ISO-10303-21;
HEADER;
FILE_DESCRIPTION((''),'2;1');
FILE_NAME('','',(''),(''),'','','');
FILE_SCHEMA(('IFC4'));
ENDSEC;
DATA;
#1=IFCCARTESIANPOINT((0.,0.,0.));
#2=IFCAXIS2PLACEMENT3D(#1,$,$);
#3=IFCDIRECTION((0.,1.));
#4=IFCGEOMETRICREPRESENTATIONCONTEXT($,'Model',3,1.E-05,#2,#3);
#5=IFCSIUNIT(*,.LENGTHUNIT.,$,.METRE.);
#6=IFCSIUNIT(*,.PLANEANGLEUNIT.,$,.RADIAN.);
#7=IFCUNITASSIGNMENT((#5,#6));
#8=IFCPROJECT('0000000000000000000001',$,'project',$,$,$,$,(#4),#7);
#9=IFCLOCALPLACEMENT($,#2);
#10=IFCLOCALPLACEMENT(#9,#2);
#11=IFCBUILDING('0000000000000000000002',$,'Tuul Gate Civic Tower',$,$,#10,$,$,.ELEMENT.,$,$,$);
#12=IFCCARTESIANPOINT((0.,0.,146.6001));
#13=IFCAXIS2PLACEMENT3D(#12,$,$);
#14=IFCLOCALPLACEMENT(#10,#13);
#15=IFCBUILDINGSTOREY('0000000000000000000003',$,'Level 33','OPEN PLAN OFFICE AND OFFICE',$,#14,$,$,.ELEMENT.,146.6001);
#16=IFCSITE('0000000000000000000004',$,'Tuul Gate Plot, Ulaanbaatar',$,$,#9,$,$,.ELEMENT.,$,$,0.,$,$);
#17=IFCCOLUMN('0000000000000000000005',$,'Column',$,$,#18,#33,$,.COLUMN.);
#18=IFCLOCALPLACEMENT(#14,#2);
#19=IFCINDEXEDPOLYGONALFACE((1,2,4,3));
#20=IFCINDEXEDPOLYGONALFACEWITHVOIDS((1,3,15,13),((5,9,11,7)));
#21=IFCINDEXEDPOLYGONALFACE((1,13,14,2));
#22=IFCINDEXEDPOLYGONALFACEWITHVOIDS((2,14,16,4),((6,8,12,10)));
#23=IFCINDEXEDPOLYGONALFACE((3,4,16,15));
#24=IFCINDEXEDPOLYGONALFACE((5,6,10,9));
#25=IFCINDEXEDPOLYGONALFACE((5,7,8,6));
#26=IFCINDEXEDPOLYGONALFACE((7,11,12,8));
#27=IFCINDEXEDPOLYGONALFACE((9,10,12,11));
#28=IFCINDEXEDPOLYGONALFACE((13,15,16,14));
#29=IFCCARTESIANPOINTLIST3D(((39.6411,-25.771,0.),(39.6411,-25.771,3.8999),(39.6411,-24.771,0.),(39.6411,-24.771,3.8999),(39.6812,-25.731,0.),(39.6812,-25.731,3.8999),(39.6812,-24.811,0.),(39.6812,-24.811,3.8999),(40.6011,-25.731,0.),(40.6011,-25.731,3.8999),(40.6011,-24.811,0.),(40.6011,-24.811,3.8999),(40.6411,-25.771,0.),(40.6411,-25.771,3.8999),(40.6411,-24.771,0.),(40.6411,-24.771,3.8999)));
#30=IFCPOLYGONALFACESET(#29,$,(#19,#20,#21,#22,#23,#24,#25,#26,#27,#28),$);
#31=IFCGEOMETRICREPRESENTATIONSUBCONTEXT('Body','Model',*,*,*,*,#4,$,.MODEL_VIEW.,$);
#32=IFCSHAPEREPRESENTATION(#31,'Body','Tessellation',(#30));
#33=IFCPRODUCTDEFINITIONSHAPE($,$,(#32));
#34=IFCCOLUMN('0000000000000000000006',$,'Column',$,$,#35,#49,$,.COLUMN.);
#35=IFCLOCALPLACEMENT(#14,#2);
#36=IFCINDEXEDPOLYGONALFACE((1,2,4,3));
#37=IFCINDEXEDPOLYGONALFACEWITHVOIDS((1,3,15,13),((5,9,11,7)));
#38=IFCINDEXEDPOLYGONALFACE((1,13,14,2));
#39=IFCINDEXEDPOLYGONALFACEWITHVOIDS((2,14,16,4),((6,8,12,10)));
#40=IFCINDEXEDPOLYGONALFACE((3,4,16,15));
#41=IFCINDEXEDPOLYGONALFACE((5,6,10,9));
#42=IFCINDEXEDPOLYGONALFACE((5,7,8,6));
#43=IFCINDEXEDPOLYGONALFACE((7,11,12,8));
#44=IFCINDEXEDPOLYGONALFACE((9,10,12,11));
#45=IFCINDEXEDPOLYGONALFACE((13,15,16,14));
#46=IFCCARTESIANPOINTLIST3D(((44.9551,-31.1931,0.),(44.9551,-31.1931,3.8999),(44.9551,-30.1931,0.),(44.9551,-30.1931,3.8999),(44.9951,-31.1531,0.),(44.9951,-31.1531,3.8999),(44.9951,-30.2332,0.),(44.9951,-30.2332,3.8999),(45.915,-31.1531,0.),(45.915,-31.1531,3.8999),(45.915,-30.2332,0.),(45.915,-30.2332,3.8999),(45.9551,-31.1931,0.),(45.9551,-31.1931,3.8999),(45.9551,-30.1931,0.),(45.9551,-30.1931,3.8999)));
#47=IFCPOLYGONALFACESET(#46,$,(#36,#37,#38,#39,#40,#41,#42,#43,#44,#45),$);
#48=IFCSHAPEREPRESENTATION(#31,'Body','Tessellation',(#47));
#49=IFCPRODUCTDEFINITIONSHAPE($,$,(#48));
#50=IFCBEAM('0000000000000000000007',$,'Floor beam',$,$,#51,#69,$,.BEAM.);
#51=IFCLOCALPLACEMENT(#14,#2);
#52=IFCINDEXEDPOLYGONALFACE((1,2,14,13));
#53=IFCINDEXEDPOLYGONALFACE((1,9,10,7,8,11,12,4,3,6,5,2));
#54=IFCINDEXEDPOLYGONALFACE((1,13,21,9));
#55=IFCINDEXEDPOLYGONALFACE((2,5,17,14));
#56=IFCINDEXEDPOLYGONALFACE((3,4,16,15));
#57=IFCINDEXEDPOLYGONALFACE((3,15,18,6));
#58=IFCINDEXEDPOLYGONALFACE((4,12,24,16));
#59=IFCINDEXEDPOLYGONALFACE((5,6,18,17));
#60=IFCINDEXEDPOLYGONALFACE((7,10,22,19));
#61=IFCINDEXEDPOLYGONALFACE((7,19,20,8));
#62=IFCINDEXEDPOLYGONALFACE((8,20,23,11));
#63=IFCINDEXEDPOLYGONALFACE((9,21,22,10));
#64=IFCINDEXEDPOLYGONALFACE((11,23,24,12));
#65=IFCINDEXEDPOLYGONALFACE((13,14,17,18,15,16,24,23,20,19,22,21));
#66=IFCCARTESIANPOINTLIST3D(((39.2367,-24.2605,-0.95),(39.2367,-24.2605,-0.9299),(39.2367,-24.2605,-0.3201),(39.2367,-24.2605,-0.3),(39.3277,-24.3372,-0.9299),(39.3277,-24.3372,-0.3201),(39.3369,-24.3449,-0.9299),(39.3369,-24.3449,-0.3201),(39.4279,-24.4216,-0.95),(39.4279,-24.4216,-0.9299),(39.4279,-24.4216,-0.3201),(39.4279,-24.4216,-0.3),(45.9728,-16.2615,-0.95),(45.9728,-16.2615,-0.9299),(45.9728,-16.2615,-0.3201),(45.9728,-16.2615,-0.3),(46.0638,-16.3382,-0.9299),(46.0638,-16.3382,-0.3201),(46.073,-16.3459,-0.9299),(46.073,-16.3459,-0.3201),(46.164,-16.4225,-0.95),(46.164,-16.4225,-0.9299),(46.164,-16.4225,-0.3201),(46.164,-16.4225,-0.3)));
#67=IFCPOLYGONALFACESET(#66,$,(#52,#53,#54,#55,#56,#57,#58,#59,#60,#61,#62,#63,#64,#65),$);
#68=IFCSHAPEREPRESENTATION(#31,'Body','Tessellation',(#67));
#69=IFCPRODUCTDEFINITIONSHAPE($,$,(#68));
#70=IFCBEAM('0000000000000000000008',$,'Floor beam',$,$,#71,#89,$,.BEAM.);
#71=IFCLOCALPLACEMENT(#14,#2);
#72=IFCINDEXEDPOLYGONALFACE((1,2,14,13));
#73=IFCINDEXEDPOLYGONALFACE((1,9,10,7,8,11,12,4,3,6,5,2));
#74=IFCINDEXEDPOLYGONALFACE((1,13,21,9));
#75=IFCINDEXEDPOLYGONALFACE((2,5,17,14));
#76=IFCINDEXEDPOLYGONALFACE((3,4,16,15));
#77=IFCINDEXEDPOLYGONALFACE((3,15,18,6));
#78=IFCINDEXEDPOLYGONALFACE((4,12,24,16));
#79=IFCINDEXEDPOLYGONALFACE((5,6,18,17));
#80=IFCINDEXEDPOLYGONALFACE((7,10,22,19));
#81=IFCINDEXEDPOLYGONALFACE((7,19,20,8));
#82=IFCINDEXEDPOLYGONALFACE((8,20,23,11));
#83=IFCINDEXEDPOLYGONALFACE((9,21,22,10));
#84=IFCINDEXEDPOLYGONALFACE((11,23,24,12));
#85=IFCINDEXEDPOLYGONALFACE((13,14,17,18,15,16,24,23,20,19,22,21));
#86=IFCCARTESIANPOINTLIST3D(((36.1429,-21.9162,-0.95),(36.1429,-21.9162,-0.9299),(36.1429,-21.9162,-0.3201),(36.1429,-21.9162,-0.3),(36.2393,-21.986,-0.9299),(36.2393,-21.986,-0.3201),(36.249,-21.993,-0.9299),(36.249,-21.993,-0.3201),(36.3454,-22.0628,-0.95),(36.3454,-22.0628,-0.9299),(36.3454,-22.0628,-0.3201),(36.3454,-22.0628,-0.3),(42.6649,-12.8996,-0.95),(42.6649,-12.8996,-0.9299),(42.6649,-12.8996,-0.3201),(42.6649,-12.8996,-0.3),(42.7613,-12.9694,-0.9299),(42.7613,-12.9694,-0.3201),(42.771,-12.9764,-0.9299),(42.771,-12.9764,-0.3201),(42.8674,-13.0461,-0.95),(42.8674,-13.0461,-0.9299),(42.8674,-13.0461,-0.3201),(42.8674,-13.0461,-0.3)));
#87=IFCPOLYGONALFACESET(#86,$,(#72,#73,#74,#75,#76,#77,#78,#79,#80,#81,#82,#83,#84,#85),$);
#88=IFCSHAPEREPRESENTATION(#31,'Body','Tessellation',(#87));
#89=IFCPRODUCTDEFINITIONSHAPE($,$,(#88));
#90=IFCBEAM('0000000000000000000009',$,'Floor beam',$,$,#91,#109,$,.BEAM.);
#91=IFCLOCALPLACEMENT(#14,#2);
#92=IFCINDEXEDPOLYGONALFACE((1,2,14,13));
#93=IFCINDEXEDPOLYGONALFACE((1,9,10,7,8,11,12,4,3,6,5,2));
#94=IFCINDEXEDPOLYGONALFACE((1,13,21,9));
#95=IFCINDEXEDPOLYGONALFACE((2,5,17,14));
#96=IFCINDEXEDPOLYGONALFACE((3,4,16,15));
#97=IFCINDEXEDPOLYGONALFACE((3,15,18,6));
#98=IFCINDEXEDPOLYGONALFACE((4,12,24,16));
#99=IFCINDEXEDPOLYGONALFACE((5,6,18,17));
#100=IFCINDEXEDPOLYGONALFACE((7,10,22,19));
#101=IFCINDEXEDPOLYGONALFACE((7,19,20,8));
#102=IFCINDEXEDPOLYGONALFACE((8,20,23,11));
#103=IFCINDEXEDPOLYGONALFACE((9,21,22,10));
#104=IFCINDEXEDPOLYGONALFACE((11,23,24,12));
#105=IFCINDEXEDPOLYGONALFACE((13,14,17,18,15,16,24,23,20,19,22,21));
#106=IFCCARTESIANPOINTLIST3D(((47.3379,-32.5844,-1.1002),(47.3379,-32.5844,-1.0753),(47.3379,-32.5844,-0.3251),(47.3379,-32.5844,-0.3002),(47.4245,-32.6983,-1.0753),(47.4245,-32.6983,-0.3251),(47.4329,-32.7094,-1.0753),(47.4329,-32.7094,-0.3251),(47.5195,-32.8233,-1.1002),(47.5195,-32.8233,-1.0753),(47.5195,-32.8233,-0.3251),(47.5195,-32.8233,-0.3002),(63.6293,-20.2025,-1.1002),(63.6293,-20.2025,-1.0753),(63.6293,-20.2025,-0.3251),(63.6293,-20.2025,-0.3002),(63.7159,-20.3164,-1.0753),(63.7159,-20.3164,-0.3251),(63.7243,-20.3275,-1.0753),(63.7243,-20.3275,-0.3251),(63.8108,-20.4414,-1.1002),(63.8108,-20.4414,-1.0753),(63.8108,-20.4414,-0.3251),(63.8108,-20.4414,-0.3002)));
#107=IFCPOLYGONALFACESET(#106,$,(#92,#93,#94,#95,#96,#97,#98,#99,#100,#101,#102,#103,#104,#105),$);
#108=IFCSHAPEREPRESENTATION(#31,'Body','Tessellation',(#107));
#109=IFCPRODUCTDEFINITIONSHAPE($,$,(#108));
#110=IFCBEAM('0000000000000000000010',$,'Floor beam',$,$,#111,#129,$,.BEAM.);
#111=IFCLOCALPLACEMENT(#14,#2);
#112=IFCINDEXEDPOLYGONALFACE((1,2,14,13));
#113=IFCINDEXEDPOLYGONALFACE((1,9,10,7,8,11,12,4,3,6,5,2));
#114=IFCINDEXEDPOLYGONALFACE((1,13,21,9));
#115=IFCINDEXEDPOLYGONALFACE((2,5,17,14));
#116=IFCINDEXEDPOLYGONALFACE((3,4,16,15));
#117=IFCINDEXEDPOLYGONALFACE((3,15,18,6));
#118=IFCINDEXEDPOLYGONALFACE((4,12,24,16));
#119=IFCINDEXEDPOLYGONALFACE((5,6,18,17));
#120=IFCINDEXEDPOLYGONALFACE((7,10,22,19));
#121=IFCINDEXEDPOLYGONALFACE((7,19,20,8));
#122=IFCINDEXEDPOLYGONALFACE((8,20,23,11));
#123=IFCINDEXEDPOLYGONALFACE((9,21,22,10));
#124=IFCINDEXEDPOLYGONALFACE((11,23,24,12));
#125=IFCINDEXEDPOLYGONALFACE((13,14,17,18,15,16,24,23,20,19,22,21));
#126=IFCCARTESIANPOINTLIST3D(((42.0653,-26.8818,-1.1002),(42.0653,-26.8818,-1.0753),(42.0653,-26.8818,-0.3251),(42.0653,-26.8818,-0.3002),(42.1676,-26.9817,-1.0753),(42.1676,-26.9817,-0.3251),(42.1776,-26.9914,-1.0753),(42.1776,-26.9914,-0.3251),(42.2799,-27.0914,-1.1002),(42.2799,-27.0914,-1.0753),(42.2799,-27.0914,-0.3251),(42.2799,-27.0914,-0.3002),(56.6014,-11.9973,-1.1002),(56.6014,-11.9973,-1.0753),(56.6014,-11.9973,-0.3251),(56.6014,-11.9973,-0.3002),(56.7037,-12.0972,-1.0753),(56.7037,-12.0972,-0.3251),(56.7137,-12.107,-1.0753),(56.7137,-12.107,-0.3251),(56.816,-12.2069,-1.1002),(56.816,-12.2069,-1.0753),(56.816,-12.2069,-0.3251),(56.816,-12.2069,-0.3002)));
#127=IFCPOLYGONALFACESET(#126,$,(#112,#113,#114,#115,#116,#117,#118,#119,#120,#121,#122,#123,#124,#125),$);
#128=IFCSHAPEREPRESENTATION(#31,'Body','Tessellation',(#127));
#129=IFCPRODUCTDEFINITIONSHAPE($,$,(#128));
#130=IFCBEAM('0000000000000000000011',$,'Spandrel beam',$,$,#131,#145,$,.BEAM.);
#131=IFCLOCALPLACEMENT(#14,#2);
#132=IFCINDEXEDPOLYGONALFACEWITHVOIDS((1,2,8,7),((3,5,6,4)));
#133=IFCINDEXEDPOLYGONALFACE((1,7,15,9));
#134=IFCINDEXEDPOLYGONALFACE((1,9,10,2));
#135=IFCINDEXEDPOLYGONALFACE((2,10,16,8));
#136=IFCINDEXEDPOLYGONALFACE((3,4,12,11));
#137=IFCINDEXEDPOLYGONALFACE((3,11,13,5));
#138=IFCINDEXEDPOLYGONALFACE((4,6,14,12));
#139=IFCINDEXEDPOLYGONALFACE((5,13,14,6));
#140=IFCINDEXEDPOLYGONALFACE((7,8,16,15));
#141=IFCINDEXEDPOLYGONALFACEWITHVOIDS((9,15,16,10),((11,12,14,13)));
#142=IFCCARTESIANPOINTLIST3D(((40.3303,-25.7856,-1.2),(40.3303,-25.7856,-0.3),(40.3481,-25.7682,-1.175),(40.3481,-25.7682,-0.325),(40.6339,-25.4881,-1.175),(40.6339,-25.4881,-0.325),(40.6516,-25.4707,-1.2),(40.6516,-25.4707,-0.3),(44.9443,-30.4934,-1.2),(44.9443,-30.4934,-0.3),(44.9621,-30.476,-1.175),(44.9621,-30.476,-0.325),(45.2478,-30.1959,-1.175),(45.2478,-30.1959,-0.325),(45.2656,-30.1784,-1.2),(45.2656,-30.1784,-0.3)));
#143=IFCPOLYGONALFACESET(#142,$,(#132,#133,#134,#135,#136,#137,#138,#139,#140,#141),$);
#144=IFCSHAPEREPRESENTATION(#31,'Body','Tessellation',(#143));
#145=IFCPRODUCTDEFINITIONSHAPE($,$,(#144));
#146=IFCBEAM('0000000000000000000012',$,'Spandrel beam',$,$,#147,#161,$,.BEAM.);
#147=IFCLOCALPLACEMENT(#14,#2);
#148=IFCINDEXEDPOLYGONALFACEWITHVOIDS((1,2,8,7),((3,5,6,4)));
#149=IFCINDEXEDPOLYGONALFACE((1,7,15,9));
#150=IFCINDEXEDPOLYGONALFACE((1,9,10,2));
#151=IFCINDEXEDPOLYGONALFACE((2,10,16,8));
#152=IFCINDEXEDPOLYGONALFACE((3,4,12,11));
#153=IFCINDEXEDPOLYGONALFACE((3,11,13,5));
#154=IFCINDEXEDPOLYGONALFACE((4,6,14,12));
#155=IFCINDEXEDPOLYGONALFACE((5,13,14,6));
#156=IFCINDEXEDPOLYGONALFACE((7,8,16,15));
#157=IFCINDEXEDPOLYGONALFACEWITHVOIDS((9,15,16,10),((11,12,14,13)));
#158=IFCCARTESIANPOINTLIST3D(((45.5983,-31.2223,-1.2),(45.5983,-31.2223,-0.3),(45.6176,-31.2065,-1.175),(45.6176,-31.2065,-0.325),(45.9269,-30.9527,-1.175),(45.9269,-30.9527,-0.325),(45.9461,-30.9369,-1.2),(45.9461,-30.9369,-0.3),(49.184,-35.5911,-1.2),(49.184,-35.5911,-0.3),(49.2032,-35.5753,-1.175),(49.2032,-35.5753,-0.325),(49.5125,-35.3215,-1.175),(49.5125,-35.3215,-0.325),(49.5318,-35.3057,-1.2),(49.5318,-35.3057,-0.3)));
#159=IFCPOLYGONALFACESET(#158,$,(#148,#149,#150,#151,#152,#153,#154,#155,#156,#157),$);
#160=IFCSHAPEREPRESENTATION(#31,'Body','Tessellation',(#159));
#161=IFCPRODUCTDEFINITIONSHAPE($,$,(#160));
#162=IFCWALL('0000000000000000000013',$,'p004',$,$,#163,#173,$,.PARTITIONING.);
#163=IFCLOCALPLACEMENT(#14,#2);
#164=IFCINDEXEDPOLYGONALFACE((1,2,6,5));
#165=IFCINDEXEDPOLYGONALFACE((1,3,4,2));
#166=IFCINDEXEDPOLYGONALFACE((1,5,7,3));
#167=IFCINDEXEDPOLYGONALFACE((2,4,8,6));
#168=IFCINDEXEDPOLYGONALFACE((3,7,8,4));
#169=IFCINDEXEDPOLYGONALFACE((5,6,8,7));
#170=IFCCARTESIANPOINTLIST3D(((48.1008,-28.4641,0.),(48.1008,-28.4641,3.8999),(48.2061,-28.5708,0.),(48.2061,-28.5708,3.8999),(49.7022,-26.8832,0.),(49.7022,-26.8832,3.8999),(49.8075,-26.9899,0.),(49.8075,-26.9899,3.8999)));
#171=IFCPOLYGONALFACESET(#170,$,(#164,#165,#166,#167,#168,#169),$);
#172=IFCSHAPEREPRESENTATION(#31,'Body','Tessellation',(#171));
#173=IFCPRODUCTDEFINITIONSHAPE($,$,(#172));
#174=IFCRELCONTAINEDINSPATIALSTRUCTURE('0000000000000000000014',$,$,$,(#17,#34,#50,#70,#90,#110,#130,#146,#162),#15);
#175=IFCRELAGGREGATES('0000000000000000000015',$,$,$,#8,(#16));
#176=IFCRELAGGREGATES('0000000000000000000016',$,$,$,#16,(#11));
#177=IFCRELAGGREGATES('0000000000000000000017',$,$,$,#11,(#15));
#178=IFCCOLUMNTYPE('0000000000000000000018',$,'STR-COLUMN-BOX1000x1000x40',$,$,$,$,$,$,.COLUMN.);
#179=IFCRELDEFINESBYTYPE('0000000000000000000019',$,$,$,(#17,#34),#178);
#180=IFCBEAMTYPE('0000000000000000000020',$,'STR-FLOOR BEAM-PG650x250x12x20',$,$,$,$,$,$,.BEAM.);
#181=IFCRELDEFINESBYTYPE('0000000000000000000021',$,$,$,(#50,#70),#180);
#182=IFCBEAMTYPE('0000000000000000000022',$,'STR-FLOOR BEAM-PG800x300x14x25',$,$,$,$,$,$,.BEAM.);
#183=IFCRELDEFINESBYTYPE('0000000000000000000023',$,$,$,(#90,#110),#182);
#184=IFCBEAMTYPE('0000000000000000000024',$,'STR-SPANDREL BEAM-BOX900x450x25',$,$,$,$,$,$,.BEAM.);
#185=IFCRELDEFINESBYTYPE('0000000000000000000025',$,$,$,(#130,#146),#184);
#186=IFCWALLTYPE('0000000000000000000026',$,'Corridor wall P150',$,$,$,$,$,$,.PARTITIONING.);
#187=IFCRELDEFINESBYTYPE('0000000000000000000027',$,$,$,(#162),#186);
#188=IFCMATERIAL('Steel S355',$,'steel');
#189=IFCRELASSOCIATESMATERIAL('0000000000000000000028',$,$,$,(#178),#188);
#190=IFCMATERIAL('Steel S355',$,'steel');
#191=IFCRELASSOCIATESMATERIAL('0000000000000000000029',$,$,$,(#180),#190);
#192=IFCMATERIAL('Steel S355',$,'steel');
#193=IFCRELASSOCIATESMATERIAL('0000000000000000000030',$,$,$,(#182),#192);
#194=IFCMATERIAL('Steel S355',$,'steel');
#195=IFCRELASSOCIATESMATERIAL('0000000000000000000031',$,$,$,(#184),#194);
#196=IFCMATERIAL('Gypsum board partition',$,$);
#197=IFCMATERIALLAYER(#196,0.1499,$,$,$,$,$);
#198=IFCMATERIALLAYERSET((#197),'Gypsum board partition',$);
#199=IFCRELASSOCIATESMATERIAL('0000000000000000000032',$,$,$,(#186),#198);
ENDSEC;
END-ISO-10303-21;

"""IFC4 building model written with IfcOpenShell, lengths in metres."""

from ifc_helpers import new_model, si_unit, direction, frame, frame_2d, origin, origin_2d, place, context, subcontext, project, spatial, rectangle, hollow_rectangle, i_section, extrude, material, layer, layer_set, material_profile, profile_set, type_object, element, save


model = new_model("IFC4")

# Units and contexts
model_context = context("Model", 3, precision=1e-05, world=origin(), true_north=direction((0.0, 1.0)))
body_context = subcontext(model_context, "Body", "Model", "MODEL_VIEW")
ifc_project = project(units=[si_unit("LENGTHUNIT", "METRE"), si_unit("PLANEANGLEUNIT", "RADIAN")], contexts=[model_context])

# Site, building, storey
site_placement = place(None, origin())
site = spatial("IfcSite", under=ifc_project, at=site_placement, Name="Tuul Gate Plot, Ulaanbaatar", CompositionType="ELEMENT", RefElevation=0.0)
building_placement = place(site_placement, origin())
building = spatial("IfcBuilding", under=site, at=building_placement, Name="Tuul Gate Civic Tower", CompositionType="ELEMENT")
storey_placement = place(building_placement, frame((0.0, 0.0, 146.6001)))
storey = spatial("IfcBuildingStorey", under=building, at=storey_placement, Name="Level 33", Description="OPEN PLAN OFFICE AND OFFICE", CompositionType="ELEMENT", Elevation=146.6001)

# Columns
ifc_material_1 = material(Name="Steel S355", Category="steel")
ifc_material_profile_1 = material_profile(ifc_material_1, hollow_rectangle(XDim=1.0, YDim=1.0, WallThickness=0.04, at=origin_2d()), Name="BOX1000x1000x40")
ifc_profile_set_1 = profile_set([ifc_material_profile_1], Name="Steel S355")
column_type = type_object("IfcColumnType", Name="STR-COLUMN-BOX1000x1000x40", PredefinedType="COLUMN", material=ifc_profile_set_1)
for number, where, z_axis, x_axis, name in (
    (1, (40.1411, -25.271, 0.0), (0.0, 0.0, 1.0), (1.0, 0.0, 0.0), "Column"),
    (2, (45.4551, -30.6931, 0.0), (0.0, 0.0, 1.0), (1.0, 0.0, 0.0), "Column"),
):
    element("IfcColumn", number, at=place(storey_placement, frame(where, z_axis=z_axis, x_axis=x_axis)), inside=storey, type_object=column_type, Name=name, PredefinedType="COLUMN", context=body_context, shape_type="SweptSolid", body=[
        extrude(hollow_rectangle(XDim=1.0, YDim=1.0, WallThickness=0.04, at=origin_2d()), origin(), (0.0, 0.0, 1.0), 3.8999),
    ])

# Beams
ifc_material_2 = material(Name="Steel S355", Category="steel")
ifc_material_profile_2 = material_profile(ifc_material_2, i_section(OverallWidth=0.25, OverallDepth=0.6499, WebThickness=0.012, FlangeThickness=0.02, at=origin_2d()), Name="PG650x250x12x20")
ifc_profile_set_2 = profile_set([ifc_material_profile_2], Name="Steel S355")
beam_type_1 = type_object("IfcBeamType", Name="STR-FLOOR BEAM-PG650x250x12x20", PredefinedType="BEAM", material=ifc_profile_set_2)
beam_1_placement = place(storey_placement, frame((39.3323, -24.3411, -0.625), z_axis=(0.644139, 0.764908, 0.0), x_axis=(-0.764908, 0.644139, 0.0)))
element("IfcBeam", 3, at=beam_1_placement, inside=storey, type_object=beam_type_1, Name="Floor beam", PredefinedType="BEAM", context=body_context, shape_type="SweptSolid", body=[
    extrude(i_section(OverallWidth=0.25, OverallDepth=0.6499, WebThickness=0.012, FlangeThickness=0.02, at=origin_2d()), origin(), (0.0, 0.0, 1.0), 10.4575),
])
beam_2_placement = place(storey_placement, frame((36.2441, -21.9895, -0.625), z_axis=(0.58608, 0.810253, 0.0), x_axis=(-0.810253, 0.58608, 0.0)))
element("IfcBeam", 4, at=beam_2_placement, inside=storey, type_object=beam_type_1, Name="Floor beam", PredefinedType="BEAM", context=body_context, shape_type="SweptSolid", body=[
    extrude(i_section(OverallWidth=0.25, OverallDepth=0.6499, WebThickness=0.012, FlangeThickness=0.02, at=origin_2d()), origin(), (0.0, 0.0, 1.0), 11.1282),
])
ifc_material_3 = material(Name="Steel S355", Category="steel")
ifc_material_profile_3 = material_profile(ifc_material_3, i_section(OverallWidth=0.3, OverallDepth=0.8, WebThickness=0.0139, FlangeThickness=0.0249, at=origin_2d()), Name="PG800x300x14x25")
ifc_profile_set_3 = profile_set([ifc_material_profile_3], Name="Steel S355")
beam_type_2 = type_object("IfcBeamType", Name="STR-FLOOR BEAM-PG800x300x14x25", PredefinedType="BEAM", material=ifc_profile_set_3)
beam_3_placement = place(storey_placement, frame((47.4287, -32.7039, -0.7002), z_axis=(0.796151, 0.605098, 0.0), x_axis=(-0.605098, 0.796151, 0.0)))
element("IfcBeam", 5, at=beam_3_placement, inside=storey, type_object=beam_type_2, Name="Floor beam", PredefinedType="BEAM", context=body_context, shape_type="SweptSolid", body=[
    extrude(i_section(OverallWidth=0.3, OverallDepth=0.8, WebThickness=0.0139, FlangeThickness=0.0249, at=origin_2d()), origin(), (0.0, 0.0, 1.0), 20.4626),
])
beam_4_placement = place(storey_placement, frame((42.1726, -26.9866, -0.7002), z_axis=(0.698684, 0.71543, 0.0), x_axis=(-0.71543, 0.698684, 0.0)))
element("IfcBeam", 6, at=beam_4_placement, inside=storey, type_object=beam_type_2, Name="Floor beam", PredefinedType="BEAM", context=body_context, shape_type="SweptSolid", body=[
    extrude(i_section(OverallWidth=0.3, OverallDepth=0.8, WebThickness=0.0139, FlangeThickness=0.0249, at=origin_2d()), origin(), (0.0, 0.0, 1.0), 20.8049),
])
ifc_material_4 = material(Name="Steel S355", Category="steel")
ifc_material_profile_4 = material_profile(ifc_material_4, hollow_rectangle(XDim=0.45, YDim=0.8999, WallThickness=0.0249, at=origin_2d()), Name="BOX900x450x25")
ifc_profile_set_4 = profile_set([ifc_material_profile_4], Name="Steel S355")
beam_type_3 = type_object("IfcBeamType", Name="STR-SPANDREL BEAM-BOX900x450x25", PredefinedType="BEAM", material=ifc_profile_set_4)
beam_5_placement = place(storey_placement, frame((40.491, -25.6282, -0.75), z_axis=(0.69996, -0.714182, 0.0), x_axis=(0.714182, 0.69996, 0.0)))
element("IfcBeam", 7, at=beam_5_placement, inside=storey, type_object=beam_type_3, Name="Spandrel beam", PredefinedType="BEAM", context=body_context, shape_type="SweptSolid", body=[
    extrude(hollow_rectangle(XDim=0.45, YDim=0.8999, WallThickness=0.0249, at=origin_2d()), origin(), (0.0, 0.0, 1.0), 6.5918),
])
beam_6_placement = place(storey_placement, frame((45.7722, -31.0796, -0.75), z_axis=(0.634418, -0.77299, 0.0), x_axis=(0.77299, 0.634418, 0.0)))
element("IfcBeam", 8, at=beam_6_placement, inside=storey, type_object=beam_type_3, Name="Spandrel beam", PredefinedType="BEAM", context=body_context, shape_type="SweptSolid", body=[
    extrude(hollow_rectangle(XDim=0.45, YDim=0.8999, WallThickness=0.0249, at=origin_2d()), origin(), (0.0, 0.0, 1.0), 5.6519),
])

# Wall
ifc_material_5 = material(Name="Gypsum board partition")
ifc_layer_1 = layer(ifc_material_5, 0.1499)
ifc_layer_set_1 = layer_set([ifc_layer_1], Name="Gypsum board partition")
wall_type_1 = type_object("IfcWallType", Name="Corridor wall P150", PredefinedType="PARTITIONING", material=ifc_layer_set_1)
wall_1_placement = place(storey_placement, frame((48.1536, -28.5173, 0.0), z_axis=(0.0, 0.0, 1.0), x_axis=(0.711649, 0.702535, 0.0)))
element("IfcWall", 9, at=wall_1_placement, inside=storey, type_object=wall_type_1, Name="p004", PredefinedType="PARTITIONING", context=body_context, shape_type="SweptSolid", body=[
    extrude(rectangle(XDim=2.2502, YDim=0.1499, at=frame_2d((1.125, 0.0))), origin(), (0.0, 0.0, 1.0), 3.8999),
])

save(model, "model.ifc")
